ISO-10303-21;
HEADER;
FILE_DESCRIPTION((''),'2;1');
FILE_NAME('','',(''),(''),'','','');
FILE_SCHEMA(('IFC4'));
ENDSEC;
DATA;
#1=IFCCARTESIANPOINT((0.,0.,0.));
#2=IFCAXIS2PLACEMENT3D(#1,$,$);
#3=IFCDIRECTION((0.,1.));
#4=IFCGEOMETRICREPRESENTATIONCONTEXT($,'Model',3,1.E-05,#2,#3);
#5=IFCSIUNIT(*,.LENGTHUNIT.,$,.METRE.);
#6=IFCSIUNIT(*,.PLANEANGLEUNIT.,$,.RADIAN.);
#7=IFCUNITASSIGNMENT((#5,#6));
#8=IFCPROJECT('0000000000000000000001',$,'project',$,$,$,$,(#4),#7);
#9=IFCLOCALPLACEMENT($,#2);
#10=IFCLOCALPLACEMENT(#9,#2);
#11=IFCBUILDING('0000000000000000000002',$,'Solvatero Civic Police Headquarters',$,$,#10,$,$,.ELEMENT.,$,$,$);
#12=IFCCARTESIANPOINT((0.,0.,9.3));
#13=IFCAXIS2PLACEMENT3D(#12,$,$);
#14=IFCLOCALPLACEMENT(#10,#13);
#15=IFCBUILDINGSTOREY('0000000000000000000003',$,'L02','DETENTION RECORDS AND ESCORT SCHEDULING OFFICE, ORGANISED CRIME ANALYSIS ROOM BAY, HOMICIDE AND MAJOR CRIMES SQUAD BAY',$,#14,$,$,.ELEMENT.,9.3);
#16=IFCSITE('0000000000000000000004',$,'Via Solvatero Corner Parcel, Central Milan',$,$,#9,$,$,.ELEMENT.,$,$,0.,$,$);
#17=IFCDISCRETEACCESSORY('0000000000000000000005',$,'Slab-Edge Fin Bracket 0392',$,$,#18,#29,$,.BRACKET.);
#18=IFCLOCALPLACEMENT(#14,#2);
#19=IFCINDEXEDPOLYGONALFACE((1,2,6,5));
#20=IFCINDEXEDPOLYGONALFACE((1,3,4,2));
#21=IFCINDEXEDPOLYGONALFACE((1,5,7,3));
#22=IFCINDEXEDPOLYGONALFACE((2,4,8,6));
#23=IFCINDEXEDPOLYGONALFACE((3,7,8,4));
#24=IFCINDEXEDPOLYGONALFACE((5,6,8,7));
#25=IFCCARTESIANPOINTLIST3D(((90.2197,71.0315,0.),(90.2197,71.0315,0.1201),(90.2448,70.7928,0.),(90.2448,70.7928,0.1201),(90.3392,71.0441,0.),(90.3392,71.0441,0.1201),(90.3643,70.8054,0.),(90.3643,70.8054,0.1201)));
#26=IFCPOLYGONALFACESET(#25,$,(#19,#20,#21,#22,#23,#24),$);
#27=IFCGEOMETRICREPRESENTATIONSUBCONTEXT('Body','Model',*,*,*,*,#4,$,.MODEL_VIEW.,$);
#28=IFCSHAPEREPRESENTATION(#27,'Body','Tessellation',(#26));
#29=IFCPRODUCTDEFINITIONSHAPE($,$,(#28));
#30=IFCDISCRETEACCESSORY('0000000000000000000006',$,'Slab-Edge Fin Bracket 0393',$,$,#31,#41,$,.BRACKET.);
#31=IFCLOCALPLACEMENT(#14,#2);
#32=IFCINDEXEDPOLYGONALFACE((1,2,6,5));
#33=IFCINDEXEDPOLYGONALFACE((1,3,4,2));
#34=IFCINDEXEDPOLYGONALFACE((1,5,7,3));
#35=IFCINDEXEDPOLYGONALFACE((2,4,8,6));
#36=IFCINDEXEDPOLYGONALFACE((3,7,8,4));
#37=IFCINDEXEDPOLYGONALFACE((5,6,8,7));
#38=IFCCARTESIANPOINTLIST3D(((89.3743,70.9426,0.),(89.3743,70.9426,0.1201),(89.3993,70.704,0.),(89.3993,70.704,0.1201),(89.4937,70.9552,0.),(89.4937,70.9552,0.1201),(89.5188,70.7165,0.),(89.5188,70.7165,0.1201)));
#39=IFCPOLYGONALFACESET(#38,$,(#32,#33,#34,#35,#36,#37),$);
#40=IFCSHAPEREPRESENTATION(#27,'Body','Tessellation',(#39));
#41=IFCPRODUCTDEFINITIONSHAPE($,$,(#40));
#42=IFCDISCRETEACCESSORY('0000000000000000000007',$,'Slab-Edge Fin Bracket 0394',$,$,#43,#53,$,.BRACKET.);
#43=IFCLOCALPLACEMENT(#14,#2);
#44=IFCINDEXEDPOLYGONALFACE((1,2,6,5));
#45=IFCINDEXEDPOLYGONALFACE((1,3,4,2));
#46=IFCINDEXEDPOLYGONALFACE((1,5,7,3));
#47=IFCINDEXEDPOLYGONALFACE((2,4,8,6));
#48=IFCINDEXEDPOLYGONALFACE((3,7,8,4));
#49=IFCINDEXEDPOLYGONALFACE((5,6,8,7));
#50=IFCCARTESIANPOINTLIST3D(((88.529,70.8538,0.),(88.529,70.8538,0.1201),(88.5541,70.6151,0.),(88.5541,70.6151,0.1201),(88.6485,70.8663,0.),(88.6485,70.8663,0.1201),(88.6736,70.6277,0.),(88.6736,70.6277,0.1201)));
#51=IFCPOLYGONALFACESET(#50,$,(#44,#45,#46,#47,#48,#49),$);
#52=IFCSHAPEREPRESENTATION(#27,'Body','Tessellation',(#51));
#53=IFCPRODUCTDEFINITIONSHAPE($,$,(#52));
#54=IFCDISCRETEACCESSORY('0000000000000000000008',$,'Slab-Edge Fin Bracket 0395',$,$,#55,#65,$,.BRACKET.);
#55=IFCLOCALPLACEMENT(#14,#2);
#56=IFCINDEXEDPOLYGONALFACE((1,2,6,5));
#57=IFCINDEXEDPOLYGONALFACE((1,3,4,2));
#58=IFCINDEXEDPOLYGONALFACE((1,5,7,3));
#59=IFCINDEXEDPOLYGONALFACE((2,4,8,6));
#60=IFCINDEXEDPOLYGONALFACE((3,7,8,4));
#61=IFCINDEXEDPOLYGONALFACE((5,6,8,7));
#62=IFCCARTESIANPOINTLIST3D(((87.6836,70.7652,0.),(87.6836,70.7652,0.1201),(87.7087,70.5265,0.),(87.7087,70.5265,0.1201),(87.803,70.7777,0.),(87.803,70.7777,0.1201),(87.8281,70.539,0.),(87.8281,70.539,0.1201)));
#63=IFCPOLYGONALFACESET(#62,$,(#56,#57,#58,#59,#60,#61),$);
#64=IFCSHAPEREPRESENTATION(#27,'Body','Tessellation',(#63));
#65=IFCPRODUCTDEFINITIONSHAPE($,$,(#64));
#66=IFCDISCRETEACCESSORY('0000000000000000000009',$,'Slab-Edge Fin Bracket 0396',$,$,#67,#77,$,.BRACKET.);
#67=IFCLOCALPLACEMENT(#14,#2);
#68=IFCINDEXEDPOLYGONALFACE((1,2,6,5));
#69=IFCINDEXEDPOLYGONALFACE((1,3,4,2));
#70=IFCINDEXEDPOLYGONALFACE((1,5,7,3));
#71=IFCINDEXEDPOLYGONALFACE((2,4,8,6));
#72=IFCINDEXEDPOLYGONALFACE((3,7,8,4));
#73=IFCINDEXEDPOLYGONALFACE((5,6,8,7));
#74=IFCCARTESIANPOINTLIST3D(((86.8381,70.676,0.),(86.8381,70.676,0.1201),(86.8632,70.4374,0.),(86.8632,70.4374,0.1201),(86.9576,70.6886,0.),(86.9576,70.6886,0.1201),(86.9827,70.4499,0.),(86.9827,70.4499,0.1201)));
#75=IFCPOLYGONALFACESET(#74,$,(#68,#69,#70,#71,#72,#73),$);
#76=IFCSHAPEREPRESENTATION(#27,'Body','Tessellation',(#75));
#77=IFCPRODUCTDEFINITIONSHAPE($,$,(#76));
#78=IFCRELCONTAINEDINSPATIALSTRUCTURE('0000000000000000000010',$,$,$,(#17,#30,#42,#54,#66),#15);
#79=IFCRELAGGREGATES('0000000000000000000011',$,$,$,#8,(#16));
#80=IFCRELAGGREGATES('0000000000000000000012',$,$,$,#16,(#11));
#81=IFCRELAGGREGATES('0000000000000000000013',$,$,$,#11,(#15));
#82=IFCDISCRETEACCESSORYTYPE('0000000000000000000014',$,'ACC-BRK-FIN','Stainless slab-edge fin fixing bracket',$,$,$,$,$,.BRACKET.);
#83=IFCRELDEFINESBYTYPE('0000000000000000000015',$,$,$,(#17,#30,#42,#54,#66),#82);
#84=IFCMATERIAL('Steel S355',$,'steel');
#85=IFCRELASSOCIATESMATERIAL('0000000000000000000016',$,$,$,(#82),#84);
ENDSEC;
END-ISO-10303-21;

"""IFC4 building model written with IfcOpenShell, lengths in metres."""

from ifc_helpers import new_model, si_unit, direction, frame, origin, origin_2d, place, context, subcontext, project, spatial, rectangle, extrude, material, type_object, element, save


model = new_model("IFC4")

# Units and contexts
model_context = context("Model", 3, precision=1e-05, world=origin(), true_north=direction((0.0, 1.0)))
body_context = subcontext(model_context, "Body", "Model", "MODEL_VIEW")
ifc_project = project(units=[si_unit("LENGTHUNIT", "METRE"), si_unit("PLANEANGLEUNIT", "RADIAN")], contexts=[model_context])

# Site, building, storey
site_placement = place(None, origin())
site = spatial("IfcSite", under=ifc_project, at=site_placement, Name="Via Solvatero Corner Parcel, Central Milan", CompositionType="ELEMENT", RefElevation=0.0)
building_placement = place(site_placement, origin())
building = spatial("IfcBuilding", under=site, at=building_placement, Name="Solvatero Civic Police Headquarters", CompositionType="ELEMENT")
storey_placement = place(building_placement, frame((0.0, 0.0, 9.3)))
storey = spatial("IfcBuildingStorey", under=building, at=storey_placement, Name="L02", Description="DETENTION RECORDS AND ESCORT SCHEDULING OFFICE, ORGANISED CRIME ANALYSIS ROOM BAY, HOMICIDE AND MAJOR CRIMES SQUAD BAY", CompositionType="ELEMENT", Elevation=9.3)

# Shared definitions
ifc_material_1 = material(Name="Steel S355", Category="steel")

# Discrete accessories
discrete_accessory_type = type_object("IfcDiscreteAccessoryType", Name="ACC-BRK-FIN", Description="Stainless slab-edge fin fixing bracket", PredefinedType="BRACKET", material=ifc_material_1)
for number, where, z_axis, x_axis, name in (
    (1, (90.292, 70.9185, 0.0), (0.0, 0.0, 1.0), (-0.994522, -0.104528, 0.0), "Slab-Edge Fin Bracket 0392"),
    (2, (89.4465, 70.8296, 0.0), (0.0, 0.0, 1.0), (-0.994522, -0.104528, 0.0), "Slab-Edge Fin Bracket 0393"),
    (3, (88.6013, 70.7407, 0.0), (0.0, 0.0, 1.0), (-0.994522, -0.104528, 0.0), "Slab-Edge Fin Bracket 0394"),
    (4, (87.7559, 70.6521, 0.0), (0.0, 0.0, 1.0), (-0.994522, -0.104528, 0.0), "Slab-Edge Fin Bracket 0395"),
    (5, (86.9104, 70.563, 0.0), (0.0, 0.0, 1.0), (-0.994522, -0.104528, 0.0), "Slab-Edge Fin Bracket 0396"),
):
    element("IfcDiscreteAccessory", number, at=place(storey_placement, frame(where, z_axis=z_axis, x_axis=x_axis)), inside=storey, type_object=discrete_accessory_type, Name=name, PredefinedType="BRACKET", context=body_context, shape_type="SweptSolid", body=[
        extrude(rectangle(XDim=0.1201, YDim=0.24, at=origin_2d()), origin(), (0.0, 0.0, 1.0), 0.1201),
    ])

save(model, "model.ifc")
